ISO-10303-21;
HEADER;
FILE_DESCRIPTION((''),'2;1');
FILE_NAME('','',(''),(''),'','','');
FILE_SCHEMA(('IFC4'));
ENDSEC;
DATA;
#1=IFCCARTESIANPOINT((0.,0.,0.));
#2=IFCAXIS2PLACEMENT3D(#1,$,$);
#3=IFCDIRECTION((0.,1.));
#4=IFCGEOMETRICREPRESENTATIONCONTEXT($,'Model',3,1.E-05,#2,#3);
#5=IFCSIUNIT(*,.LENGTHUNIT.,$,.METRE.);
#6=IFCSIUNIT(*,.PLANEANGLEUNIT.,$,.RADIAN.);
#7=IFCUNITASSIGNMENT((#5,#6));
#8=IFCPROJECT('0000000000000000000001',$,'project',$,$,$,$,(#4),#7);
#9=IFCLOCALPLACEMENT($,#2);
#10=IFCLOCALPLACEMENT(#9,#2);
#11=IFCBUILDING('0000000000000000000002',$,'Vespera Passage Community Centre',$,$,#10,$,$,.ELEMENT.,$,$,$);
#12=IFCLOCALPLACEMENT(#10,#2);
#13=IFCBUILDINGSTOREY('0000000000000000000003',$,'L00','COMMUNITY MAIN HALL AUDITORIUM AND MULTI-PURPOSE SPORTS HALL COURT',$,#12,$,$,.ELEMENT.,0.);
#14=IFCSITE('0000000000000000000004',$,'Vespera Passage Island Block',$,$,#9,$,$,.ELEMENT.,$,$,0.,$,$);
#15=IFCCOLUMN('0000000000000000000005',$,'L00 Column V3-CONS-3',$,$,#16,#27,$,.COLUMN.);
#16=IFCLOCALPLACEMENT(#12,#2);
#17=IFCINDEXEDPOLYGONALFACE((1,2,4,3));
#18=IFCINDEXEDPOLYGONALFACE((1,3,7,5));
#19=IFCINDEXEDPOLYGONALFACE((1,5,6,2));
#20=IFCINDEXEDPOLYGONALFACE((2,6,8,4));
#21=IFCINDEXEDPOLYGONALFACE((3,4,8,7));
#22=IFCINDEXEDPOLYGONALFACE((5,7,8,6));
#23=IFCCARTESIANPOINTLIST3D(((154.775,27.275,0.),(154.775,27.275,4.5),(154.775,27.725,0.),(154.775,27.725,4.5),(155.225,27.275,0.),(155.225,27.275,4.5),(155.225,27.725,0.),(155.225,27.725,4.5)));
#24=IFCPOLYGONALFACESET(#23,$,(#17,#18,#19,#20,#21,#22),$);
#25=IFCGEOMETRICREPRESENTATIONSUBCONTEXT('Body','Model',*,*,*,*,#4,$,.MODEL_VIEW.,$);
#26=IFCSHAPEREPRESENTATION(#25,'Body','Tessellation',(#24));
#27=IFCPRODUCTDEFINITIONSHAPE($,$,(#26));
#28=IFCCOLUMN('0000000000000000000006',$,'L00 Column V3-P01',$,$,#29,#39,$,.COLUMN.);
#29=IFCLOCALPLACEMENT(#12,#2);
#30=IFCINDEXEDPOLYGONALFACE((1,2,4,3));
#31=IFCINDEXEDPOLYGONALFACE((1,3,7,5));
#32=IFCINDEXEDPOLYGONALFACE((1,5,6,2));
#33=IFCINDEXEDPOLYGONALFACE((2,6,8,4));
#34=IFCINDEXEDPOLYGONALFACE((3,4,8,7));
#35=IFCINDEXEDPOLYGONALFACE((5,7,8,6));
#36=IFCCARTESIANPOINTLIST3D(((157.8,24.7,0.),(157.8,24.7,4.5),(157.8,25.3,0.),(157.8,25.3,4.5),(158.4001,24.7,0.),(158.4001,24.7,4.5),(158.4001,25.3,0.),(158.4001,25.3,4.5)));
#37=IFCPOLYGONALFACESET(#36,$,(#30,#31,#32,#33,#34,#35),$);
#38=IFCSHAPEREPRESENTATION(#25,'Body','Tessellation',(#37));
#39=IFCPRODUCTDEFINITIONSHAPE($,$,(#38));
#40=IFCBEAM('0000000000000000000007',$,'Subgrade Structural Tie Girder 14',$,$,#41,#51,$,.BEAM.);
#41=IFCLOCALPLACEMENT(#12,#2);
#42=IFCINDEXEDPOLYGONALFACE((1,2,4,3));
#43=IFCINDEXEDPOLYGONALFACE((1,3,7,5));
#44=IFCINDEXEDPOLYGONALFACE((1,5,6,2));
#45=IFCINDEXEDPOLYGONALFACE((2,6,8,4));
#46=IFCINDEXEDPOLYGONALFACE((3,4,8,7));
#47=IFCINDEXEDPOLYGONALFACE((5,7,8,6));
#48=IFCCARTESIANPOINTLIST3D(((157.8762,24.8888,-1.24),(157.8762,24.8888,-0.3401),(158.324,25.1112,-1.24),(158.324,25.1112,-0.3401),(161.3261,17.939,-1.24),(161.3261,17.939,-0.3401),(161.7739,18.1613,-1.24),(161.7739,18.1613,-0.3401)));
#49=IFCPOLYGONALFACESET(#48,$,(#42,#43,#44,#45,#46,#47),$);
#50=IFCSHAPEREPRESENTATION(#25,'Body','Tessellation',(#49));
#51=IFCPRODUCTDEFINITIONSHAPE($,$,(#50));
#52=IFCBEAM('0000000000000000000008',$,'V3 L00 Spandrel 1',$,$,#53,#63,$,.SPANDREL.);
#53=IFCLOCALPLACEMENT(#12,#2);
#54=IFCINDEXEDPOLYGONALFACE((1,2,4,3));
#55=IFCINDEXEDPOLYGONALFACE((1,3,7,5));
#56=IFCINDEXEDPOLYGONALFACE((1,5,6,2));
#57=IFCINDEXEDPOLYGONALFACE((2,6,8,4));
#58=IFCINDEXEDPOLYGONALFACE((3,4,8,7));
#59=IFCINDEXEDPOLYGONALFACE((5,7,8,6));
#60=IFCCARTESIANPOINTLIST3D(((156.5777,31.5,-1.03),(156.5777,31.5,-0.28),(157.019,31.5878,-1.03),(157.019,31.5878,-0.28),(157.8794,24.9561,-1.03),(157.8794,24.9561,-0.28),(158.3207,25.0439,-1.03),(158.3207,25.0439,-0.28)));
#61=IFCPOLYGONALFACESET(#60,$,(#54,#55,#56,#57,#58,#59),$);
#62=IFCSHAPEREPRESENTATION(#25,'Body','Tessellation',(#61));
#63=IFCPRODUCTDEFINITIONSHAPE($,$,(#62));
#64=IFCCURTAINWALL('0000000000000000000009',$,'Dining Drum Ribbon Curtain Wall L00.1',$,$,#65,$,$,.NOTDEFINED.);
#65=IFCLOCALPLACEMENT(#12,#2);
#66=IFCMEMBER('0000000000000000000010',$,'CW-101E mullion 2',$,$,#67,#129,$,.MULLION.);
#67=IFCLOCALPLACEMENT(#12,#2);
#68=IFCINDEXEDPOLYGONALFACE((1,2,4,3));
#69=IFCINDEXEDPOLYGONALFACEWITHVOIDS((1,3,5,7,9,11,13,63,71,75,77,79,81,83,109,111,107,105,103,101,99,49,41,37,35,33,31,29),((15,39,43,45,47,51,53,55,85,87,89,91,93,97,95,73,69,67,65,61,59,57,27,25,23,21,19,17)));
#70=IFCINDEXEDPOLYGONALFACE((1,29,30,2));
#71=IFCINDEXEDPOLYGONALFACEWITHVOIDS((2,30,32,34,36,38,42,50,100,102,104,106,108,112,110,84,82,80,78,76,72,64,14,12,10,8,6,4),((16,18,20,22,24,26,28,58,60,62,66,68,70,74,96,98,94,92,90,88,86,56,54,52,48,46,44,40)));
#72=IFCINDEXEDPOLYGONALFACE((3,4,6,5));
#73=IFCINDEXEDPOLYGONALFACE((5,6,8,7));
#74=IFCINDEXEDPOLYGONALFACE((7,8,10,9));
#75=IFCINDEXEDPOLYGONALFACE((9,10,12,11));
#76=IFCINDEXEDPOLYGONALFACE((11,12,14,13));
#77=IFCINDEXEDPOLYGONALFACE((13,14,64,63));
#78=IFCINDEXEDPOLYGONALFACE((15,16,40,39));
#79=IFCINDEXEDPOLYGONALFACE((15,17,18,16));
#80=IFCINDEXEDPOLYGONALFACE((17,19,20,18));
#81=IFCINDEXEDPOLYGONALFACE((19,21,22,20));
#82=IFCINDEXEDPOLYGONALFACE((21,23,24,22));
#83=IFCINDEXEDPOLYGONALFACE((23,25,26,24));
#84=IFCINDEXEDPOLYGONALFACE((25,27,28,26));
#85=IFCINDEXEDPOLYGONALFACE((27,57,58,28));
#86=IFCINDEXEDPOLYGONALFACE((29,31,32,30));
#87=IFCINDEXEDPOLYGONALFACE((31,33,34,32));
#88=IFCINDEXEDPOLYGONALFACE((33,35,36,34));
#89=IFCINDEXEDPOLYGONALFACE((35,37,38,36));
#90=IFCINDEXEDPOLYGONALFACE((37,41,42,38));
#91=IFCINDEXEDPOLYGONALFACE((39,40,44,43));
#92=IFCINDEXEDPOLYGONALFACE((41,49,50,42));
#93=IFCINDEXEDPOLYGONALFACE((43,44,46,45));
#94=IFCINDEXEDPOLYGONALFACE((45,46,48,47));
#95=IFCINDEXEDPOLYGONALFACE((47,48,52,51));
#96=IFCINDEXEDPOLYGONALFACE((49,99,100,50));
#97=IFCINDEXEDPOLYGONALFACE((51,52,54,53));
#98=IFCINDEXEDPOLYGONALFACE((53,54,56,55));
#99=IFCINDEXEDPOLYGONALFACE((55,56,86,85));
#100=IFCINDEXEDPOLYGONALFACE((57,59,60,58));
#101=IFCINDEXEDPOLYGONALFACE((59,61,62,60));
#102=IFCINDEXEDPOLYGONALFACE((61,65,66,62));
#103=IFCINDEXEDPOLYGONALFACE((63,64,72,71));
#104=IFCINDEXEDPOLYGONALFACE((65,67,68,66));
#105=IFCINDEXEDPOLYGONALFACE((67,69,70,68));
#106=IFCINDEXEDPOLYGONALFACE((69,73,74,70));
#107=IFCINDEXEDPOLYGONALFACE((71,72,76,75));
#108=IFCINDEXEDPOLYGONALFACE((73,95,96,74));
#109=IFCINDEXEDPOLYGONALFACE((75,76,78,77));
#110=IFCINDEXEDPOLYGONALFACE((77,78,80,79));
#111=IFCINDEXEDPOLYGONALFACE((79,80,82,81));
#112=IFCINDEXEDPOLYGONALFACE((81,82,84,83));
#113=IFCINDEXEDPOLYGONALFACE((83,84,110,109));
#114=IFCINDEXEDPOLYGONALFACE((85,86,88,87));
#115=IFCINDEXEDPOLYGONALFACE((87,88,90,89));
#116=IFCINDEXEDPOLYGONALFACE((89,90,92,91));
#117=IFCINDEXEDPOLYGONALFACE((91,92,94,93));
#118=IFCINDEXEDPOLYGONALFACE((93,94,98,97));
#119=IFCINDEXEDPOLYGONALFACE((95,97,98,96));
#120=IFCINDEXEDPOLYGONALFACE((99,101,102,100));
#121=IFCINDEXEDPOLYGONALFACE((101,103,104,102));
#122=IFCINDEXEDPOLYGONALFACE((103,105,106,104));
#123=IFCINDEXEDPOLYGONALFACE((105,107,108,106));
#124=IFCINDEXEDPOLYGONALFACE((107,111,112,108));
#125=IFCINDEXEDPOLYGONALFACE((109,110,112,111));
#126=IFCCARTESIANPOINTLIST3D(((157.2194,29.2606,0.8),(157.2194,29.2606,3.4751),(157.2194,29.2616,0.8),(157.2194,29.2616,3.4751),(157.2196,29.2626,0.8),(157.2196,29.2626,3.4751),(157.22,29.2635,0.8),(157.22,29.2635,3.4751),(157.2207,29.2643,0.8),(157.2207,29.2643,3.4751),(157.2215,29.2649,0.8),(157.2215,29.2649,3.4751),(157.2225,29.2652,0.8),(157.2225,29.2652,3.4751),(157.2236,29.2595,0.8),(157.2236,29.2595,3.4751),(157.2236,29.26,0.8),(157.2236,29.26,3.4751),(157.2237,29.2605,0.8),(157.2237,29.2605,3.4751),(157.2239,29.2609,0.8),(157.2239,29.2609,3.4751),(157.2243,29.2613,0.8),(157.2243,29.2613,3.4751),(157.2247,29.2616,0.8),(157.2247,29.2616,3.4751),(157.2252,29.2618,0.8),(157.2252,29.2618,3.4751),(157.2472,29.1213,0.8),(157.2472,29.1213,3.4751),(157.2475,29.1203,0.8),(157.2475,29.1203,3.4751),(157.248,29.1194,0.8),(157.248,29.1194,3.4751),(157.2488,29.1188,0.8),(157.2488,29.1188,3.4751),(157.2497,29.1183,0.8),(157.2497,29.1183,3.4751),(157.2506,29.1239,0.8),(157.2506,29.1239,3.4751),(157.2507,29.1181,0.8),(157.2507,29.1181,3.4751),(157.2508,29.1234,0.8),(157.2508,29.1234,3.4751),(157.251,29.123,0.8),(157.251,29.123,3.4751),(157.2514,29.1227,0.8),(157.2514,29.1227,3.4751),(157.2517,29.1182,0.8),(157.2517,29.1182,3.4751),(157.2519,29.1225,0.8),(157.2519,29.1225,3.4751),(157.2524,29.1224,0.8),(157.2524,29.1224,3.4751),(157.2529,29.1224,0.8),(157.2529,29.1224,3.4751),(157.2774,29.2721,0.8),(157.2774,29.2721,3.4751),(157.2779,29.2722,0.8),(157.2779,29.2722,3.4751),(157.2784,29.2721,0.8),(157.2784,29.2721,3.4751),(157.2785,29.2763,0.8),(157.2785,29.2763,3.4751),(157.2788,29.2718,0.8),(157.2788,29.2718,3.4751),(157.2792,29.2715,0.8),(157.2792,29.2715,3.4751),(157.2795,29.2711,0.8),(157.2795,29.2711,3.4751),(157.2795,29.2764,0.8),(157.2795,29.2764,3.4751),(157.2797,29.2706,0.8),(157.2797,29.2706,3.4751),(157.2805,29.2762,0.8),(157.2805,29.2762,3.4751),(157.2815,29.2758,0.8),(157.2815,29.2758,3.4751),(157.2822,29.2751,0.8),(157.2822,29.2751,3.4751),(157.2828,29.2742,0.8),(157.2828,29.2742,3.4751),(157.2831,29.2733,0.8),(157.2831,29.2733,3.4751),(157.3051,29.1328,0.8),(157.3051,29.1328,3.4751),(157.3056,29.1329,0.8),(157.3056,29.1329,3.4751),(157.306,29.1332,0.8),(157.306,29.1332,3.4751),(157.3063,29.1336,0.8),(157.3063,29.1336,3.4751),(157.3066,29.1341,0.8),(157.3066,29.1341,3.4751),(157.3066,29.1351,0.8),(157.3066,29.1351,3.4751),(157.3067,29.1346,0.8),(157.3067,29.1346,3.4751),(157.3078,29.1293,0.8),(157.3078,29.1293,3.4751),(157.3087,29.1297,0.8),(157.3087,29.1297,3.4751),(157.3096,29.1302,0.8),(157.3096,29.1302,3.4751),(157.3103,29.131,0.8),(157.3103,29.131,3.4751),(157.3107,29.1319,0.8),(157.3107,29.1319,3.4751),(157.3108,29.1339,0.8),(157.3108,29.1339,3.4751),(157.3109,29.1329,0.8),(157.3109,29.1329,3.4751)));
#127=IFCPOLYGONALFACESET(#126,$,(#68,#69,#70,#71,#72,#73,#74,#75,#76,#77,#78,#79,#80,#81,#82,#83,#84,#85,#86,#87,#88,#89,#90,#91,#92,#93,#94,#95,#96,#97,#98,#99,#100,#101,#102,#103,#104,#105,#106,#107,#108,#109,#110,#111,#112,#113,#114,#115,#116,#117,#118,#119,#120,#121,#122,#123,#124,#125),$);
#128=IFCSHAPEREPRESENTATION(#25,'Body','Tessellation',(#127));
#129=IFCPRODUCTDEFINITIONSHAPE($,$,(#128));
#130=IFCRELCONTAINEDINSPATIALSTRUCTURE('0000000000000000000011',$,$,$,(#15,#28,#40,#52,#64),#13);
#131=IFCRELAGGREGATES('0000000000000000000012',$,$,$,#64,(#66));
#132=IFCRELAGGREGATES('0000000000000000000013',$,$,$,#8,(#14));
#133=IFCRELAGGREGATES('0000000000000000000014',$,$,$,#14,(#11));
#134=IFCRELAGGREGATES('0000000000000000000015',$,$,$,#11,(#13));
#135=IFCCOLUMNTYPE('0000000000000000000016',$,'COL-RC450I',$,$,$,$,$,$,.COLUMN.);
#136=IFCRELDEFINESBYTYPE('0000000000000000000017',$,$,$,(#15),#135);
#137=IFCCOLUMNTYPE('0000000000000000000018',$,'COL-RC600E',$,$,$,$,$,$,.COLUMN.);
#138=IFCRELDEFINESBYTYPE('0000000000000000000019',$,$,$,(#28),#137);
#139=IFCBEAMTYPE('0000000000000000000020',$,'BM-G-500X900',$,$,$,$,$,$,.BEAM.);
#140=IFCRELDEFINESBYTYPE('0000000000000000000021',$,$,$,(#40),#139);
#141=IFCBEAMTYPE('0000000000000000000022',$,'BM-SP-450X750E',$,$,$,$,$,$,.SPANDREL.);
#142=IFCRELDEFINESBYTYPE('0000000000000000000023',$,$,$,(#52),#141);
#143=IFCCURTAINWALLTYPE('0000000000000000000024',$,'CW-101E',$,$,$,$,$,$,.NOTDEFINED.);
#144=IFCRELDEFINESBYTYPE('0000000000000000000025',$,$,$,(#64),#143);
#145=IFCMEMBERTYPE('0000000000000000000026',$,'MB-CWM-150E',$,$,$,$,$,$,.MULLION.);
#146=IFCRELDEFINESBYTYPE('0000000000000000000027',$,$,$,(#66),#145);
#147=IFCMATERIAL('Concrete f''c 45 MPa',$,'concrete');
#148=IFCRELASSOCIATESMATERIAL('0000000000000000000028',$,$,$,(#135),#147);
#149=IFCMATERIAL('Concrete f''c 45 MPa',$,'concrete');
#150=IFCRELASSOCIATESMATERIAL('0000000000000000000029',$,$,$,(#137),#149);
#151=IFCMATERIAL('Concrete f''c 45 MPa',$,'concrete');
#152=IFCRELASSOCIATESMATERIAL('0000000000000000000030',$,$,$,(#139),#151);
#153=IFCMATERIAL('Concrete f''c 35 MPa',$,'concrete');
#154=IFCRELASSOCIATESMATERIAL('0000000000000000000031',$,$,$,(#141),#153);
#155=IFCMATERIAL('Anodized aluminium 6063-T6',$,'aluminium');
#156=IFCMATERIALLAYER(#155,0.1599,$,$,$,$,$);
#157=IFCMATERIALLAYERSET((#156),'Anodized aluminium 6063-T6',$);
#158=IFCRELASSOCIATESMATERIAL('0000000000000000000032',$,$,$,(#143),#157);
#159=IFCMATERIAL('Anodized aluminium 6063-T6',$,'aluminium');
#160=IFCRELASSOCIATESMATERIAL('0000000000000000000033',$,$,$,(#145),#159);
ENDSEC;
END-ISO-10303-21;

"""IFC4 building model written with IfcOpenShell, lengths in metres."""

from ifc_helpers import new_model, si_unit, direction, frame, origin, origin_2d, place, context, subcontext, project, spatial, rectangle, hollow_rectangle, extrude, material, layer, layer_set, material_profile, profile_set, type_object, element, aggregate, save


model = new_model("IFC4")

# Units and contexts
model_context = context("Model", 3, precision=1e-05, world=origin(), true_north=direction((0.0, 1.0)))
body_context = subcontext(model_context, "Body", "Model", "MODEL_VIEW")
ifc_project = project(units=[si_unit("LENGTHUNIT", "METRE"), si_unit("PLANEANGLEUNIT", "RADIAN")], contexts=[model_context])

# Site, building, storey
site_placement = place(None, origin())
site = spatial("IfcSite", under=ifc_project, at=site_placement, Name="Vespera Passage Island Block", CompositionType="ELEMENT", RefElevation=0.0)
building_placement = place(site_placement, origin())
building = spatial("IfcBuilding", under=site, at=building_placement, Name="Vespera Passage Community Centre", CompositionType="ELEMENT")
storey_placement = place(building_placement, origin())
storey = spatial("IfcBuildingStorey", under=building, at=storey_placement, Name="L00", Description="COMMUNITY MAIN HALL AUDITORIUM AND MULTI-PURPOSE SPORTS HALL COURT", CompositionType="ELEMENT", Elevation=0.0)

# Columns
ifc_material_1 = material(Name="Concrete f'c 45 MPa", Category="concrete")
ifc_material_profile_1 = material_profile(ifc_material_1, rectangle(XDim=0.45, YDim=0.45, at=origin_2d()), Name="RC450X450")
ifc_profile_set_1 = profile_set([ifc_material_profile_1], Name="Concrete f'c 45 MPa")
column_type_1 = type_object("IfcColumnType", Name="COL-RC450I", PredefinedType="COLUMN", material=ifc_profile_set_1)
column_1_placement = place(storey_placement, frame((155.0, 27.5, 0.0), z_axis=(0.0, 0.0, 1.0), x_axis=(1.0, 0.0, 0.0)))
element("IfcColumn", 1, at=column_1_placement, inside=storey, type_object=column_type_1, Name="L00 Column V3-CONS-3", PredefinedType="COLUMN", context=body_context, shape_type="SweptSolid", body=[
    extrude(rectangle(XDim=0.45, YDim=0.45, at=origin_2d()), origin(), (0.0, 0.0, 1.0), 4.5),
])
ifc_material_2 = material(Name="Concrete f'c 45 MPa", Category="concrete")
ifc_material_profile_2 = material_profile(ifc_material_2, rectangle(XDim=0.6001, YDim=0.6001, at=origin_2d()), Name="RC600X600")
ifc_profile_set_2 = profile_set([ifc_material_profile_2], Name="Concrete f'c 45 MPa")
column_type_2 = type_object("IfcColumnType", Name="COL-RC600E", PredefinedType="COLUMN", material=ifc_profile_set_2)
column_2_placement = place(storey_placement, frame((158.1001, 25.0, 0.0), z_axis=(0.0, 0.0, 1.0), x_axis=(1.0, 0.0, 0.0)))
element("IfcColumn", 2, at=column_2_placement, inside=storey, type_object=column_type_2, Name="L00 Column V3-P01", PredefinedType="COLUMN", context=body_context, shape_type="SweptSolid", body=[
    extrude(rectangle(XDim=0.6001, YDim=0.6001, at=origin_2d()), origin(), (0.0, 0.0, 1.0), 4.5),
])

# Beams
ifc_material_3 = material(Name="Concrete f'c 45 MPa", Category="concrete")
ifc_material_profile_3 = material_profile(ifc_material_3, rectangle(XDim=0.5, YDim=0.8999, at=origin_2d()), Name="RC500X900")
ifc_profile_set_3 = profile_set([ifc_material_profile_3], Name="Concrete f'c 45 MPa")
beam_type_1 = type_object("IfcBeamType", Name="BM-G-500X900", PredefinedType="BEAM", material=ifc_profile_set_3)
beam_1_placement = place(storey_placement, frame((158.1001, 25.0, -0.79), z_axis=(0.444632, -0.895714, 0.0), x_axis=(0.895714, 0.444632, 0.0)))
element("IfcBeam", 3, at=beam_1_placement, inside=storey, type_object=beam_type_1, Name="Subgrade Structural Tie Girder 14", PredefinedType="BEAM", context=body_context, shape_type="SweptSolid", body=[
    extrude(rectangle(XDim=0.5, YDim=0.8999, at=origin_2d()), origin(), (0.0, 0.0, 1.0), 7.759),
])
ifc_material_4 = material(Name="Concrete f'c 35 MPa", Category="concrete")
ifc_material_profile_4 = material_profile(ifc_material_4, rectangle(XDim=0.45, YDim=0.75, at=origin_2d()), Name="RC450X750")
ifc_profile_set_4 = profile_set([ifc_material_profile_4], Name="Concrete f'c 35 MPa")
beam_type_2 = type_object("IfcBeamType", Name="BM-SP-450X750E", PredefinedType="SPANDREL", material=ifc_profile_set_4)
beam_2_placement = place(storey_placement, frame((158.1001, 25.0, -0.655), z_axis=(-0.195103, 0.980783, 0.0), x_axis=(-0.980783, -0.195103, 0.0)))
element("IfcBeam", 4, at=beam_2_placement, inside=storey, type_object=beam_type_2, Name="V3 L00 Spandrel 1", PredefinedType="SPANDREL", context=body_context, shape_type="SweptSolid", body=[
    extrude(rectangle(XDim=0.45, YDim=0.75, at=origin_2d()), origin(), (0.0, 0.0, 1.0), 6.6721),
])

# Curtain wall, member
ifc_material_5 = material(Name="Anodized aluminium 6063-T6", Category="aluminium")
ifc_layer_1 = layer(ifc_material_5, 0.1599)
ifc_layer_set_1 = layer_set([ifc_layer_1], Name="Anodized aluminium 6063-T6")
curtain_wall_type_1 = type_object("IfcCurtainWallType", Name="CW-101E", PredefinedType="NOTDEFINED", material=ifc_layer_set_1)
curtain_wall_1_placement = place(storey_placement, origin())
curtain_wall_1 = element("IfcCurtainWall", 5, at=curtain_wall_1_placement, inside=storey, type_object=curtain_wall_type_1, Name="Dining Drum Ribbon Curtain Wall L00.1", PredefinedType="NOTDEFINED")
ifc_material_6 = material(Name="Anodized aluminium 6063-T6", Category="aluminium")
ifc_material_profile_5 = material_profile(ifc_material_6, hollow_rectangle(XDim=0.0649, YDim=0.1499, WallThickness=0.0039, InnerFilletRadius=0.002, OuterFilletRadius=0.0039, at=origin_2d()), Name="ALU150X65X4")
ifc_profile_set_5 = profile_set([ifc_material_profile_5], Name="Anodized aluminium 6063-T6")
member_type_1 = type_object("IfcMemberType", Name="MB-CWM-150E", PredefinedType="MULLION", material=ifc_profile_set_5)
member_1_placement = place(storey_placement, frame((157.2651, 29.1973, 0.8), z_axis=(0.0, 0.0, 1.0), x_axis=(0.980784, 0.195097, 0.0)))
member_1 = element("IfcMember", 6, at=member_1_placement, type_object=member_type_1, Name="CW-101E mullion 2", PredefinedType="MULLION", context=body_context, shape_type="SweptSolid", body=[
    extrude(hollow_rectangle(XDim=0.0649, YDim=0.1499, WallThickness=0.0039, InnerFilletRadius=0.002, OuterFilletRadius=0.0039, at=origin_2d()), origin(), (0.0, 0.0, 1.0), 2.675),
])

aggregate(curtain_wall_1, [member_1])

save(model, "model.ifc")
